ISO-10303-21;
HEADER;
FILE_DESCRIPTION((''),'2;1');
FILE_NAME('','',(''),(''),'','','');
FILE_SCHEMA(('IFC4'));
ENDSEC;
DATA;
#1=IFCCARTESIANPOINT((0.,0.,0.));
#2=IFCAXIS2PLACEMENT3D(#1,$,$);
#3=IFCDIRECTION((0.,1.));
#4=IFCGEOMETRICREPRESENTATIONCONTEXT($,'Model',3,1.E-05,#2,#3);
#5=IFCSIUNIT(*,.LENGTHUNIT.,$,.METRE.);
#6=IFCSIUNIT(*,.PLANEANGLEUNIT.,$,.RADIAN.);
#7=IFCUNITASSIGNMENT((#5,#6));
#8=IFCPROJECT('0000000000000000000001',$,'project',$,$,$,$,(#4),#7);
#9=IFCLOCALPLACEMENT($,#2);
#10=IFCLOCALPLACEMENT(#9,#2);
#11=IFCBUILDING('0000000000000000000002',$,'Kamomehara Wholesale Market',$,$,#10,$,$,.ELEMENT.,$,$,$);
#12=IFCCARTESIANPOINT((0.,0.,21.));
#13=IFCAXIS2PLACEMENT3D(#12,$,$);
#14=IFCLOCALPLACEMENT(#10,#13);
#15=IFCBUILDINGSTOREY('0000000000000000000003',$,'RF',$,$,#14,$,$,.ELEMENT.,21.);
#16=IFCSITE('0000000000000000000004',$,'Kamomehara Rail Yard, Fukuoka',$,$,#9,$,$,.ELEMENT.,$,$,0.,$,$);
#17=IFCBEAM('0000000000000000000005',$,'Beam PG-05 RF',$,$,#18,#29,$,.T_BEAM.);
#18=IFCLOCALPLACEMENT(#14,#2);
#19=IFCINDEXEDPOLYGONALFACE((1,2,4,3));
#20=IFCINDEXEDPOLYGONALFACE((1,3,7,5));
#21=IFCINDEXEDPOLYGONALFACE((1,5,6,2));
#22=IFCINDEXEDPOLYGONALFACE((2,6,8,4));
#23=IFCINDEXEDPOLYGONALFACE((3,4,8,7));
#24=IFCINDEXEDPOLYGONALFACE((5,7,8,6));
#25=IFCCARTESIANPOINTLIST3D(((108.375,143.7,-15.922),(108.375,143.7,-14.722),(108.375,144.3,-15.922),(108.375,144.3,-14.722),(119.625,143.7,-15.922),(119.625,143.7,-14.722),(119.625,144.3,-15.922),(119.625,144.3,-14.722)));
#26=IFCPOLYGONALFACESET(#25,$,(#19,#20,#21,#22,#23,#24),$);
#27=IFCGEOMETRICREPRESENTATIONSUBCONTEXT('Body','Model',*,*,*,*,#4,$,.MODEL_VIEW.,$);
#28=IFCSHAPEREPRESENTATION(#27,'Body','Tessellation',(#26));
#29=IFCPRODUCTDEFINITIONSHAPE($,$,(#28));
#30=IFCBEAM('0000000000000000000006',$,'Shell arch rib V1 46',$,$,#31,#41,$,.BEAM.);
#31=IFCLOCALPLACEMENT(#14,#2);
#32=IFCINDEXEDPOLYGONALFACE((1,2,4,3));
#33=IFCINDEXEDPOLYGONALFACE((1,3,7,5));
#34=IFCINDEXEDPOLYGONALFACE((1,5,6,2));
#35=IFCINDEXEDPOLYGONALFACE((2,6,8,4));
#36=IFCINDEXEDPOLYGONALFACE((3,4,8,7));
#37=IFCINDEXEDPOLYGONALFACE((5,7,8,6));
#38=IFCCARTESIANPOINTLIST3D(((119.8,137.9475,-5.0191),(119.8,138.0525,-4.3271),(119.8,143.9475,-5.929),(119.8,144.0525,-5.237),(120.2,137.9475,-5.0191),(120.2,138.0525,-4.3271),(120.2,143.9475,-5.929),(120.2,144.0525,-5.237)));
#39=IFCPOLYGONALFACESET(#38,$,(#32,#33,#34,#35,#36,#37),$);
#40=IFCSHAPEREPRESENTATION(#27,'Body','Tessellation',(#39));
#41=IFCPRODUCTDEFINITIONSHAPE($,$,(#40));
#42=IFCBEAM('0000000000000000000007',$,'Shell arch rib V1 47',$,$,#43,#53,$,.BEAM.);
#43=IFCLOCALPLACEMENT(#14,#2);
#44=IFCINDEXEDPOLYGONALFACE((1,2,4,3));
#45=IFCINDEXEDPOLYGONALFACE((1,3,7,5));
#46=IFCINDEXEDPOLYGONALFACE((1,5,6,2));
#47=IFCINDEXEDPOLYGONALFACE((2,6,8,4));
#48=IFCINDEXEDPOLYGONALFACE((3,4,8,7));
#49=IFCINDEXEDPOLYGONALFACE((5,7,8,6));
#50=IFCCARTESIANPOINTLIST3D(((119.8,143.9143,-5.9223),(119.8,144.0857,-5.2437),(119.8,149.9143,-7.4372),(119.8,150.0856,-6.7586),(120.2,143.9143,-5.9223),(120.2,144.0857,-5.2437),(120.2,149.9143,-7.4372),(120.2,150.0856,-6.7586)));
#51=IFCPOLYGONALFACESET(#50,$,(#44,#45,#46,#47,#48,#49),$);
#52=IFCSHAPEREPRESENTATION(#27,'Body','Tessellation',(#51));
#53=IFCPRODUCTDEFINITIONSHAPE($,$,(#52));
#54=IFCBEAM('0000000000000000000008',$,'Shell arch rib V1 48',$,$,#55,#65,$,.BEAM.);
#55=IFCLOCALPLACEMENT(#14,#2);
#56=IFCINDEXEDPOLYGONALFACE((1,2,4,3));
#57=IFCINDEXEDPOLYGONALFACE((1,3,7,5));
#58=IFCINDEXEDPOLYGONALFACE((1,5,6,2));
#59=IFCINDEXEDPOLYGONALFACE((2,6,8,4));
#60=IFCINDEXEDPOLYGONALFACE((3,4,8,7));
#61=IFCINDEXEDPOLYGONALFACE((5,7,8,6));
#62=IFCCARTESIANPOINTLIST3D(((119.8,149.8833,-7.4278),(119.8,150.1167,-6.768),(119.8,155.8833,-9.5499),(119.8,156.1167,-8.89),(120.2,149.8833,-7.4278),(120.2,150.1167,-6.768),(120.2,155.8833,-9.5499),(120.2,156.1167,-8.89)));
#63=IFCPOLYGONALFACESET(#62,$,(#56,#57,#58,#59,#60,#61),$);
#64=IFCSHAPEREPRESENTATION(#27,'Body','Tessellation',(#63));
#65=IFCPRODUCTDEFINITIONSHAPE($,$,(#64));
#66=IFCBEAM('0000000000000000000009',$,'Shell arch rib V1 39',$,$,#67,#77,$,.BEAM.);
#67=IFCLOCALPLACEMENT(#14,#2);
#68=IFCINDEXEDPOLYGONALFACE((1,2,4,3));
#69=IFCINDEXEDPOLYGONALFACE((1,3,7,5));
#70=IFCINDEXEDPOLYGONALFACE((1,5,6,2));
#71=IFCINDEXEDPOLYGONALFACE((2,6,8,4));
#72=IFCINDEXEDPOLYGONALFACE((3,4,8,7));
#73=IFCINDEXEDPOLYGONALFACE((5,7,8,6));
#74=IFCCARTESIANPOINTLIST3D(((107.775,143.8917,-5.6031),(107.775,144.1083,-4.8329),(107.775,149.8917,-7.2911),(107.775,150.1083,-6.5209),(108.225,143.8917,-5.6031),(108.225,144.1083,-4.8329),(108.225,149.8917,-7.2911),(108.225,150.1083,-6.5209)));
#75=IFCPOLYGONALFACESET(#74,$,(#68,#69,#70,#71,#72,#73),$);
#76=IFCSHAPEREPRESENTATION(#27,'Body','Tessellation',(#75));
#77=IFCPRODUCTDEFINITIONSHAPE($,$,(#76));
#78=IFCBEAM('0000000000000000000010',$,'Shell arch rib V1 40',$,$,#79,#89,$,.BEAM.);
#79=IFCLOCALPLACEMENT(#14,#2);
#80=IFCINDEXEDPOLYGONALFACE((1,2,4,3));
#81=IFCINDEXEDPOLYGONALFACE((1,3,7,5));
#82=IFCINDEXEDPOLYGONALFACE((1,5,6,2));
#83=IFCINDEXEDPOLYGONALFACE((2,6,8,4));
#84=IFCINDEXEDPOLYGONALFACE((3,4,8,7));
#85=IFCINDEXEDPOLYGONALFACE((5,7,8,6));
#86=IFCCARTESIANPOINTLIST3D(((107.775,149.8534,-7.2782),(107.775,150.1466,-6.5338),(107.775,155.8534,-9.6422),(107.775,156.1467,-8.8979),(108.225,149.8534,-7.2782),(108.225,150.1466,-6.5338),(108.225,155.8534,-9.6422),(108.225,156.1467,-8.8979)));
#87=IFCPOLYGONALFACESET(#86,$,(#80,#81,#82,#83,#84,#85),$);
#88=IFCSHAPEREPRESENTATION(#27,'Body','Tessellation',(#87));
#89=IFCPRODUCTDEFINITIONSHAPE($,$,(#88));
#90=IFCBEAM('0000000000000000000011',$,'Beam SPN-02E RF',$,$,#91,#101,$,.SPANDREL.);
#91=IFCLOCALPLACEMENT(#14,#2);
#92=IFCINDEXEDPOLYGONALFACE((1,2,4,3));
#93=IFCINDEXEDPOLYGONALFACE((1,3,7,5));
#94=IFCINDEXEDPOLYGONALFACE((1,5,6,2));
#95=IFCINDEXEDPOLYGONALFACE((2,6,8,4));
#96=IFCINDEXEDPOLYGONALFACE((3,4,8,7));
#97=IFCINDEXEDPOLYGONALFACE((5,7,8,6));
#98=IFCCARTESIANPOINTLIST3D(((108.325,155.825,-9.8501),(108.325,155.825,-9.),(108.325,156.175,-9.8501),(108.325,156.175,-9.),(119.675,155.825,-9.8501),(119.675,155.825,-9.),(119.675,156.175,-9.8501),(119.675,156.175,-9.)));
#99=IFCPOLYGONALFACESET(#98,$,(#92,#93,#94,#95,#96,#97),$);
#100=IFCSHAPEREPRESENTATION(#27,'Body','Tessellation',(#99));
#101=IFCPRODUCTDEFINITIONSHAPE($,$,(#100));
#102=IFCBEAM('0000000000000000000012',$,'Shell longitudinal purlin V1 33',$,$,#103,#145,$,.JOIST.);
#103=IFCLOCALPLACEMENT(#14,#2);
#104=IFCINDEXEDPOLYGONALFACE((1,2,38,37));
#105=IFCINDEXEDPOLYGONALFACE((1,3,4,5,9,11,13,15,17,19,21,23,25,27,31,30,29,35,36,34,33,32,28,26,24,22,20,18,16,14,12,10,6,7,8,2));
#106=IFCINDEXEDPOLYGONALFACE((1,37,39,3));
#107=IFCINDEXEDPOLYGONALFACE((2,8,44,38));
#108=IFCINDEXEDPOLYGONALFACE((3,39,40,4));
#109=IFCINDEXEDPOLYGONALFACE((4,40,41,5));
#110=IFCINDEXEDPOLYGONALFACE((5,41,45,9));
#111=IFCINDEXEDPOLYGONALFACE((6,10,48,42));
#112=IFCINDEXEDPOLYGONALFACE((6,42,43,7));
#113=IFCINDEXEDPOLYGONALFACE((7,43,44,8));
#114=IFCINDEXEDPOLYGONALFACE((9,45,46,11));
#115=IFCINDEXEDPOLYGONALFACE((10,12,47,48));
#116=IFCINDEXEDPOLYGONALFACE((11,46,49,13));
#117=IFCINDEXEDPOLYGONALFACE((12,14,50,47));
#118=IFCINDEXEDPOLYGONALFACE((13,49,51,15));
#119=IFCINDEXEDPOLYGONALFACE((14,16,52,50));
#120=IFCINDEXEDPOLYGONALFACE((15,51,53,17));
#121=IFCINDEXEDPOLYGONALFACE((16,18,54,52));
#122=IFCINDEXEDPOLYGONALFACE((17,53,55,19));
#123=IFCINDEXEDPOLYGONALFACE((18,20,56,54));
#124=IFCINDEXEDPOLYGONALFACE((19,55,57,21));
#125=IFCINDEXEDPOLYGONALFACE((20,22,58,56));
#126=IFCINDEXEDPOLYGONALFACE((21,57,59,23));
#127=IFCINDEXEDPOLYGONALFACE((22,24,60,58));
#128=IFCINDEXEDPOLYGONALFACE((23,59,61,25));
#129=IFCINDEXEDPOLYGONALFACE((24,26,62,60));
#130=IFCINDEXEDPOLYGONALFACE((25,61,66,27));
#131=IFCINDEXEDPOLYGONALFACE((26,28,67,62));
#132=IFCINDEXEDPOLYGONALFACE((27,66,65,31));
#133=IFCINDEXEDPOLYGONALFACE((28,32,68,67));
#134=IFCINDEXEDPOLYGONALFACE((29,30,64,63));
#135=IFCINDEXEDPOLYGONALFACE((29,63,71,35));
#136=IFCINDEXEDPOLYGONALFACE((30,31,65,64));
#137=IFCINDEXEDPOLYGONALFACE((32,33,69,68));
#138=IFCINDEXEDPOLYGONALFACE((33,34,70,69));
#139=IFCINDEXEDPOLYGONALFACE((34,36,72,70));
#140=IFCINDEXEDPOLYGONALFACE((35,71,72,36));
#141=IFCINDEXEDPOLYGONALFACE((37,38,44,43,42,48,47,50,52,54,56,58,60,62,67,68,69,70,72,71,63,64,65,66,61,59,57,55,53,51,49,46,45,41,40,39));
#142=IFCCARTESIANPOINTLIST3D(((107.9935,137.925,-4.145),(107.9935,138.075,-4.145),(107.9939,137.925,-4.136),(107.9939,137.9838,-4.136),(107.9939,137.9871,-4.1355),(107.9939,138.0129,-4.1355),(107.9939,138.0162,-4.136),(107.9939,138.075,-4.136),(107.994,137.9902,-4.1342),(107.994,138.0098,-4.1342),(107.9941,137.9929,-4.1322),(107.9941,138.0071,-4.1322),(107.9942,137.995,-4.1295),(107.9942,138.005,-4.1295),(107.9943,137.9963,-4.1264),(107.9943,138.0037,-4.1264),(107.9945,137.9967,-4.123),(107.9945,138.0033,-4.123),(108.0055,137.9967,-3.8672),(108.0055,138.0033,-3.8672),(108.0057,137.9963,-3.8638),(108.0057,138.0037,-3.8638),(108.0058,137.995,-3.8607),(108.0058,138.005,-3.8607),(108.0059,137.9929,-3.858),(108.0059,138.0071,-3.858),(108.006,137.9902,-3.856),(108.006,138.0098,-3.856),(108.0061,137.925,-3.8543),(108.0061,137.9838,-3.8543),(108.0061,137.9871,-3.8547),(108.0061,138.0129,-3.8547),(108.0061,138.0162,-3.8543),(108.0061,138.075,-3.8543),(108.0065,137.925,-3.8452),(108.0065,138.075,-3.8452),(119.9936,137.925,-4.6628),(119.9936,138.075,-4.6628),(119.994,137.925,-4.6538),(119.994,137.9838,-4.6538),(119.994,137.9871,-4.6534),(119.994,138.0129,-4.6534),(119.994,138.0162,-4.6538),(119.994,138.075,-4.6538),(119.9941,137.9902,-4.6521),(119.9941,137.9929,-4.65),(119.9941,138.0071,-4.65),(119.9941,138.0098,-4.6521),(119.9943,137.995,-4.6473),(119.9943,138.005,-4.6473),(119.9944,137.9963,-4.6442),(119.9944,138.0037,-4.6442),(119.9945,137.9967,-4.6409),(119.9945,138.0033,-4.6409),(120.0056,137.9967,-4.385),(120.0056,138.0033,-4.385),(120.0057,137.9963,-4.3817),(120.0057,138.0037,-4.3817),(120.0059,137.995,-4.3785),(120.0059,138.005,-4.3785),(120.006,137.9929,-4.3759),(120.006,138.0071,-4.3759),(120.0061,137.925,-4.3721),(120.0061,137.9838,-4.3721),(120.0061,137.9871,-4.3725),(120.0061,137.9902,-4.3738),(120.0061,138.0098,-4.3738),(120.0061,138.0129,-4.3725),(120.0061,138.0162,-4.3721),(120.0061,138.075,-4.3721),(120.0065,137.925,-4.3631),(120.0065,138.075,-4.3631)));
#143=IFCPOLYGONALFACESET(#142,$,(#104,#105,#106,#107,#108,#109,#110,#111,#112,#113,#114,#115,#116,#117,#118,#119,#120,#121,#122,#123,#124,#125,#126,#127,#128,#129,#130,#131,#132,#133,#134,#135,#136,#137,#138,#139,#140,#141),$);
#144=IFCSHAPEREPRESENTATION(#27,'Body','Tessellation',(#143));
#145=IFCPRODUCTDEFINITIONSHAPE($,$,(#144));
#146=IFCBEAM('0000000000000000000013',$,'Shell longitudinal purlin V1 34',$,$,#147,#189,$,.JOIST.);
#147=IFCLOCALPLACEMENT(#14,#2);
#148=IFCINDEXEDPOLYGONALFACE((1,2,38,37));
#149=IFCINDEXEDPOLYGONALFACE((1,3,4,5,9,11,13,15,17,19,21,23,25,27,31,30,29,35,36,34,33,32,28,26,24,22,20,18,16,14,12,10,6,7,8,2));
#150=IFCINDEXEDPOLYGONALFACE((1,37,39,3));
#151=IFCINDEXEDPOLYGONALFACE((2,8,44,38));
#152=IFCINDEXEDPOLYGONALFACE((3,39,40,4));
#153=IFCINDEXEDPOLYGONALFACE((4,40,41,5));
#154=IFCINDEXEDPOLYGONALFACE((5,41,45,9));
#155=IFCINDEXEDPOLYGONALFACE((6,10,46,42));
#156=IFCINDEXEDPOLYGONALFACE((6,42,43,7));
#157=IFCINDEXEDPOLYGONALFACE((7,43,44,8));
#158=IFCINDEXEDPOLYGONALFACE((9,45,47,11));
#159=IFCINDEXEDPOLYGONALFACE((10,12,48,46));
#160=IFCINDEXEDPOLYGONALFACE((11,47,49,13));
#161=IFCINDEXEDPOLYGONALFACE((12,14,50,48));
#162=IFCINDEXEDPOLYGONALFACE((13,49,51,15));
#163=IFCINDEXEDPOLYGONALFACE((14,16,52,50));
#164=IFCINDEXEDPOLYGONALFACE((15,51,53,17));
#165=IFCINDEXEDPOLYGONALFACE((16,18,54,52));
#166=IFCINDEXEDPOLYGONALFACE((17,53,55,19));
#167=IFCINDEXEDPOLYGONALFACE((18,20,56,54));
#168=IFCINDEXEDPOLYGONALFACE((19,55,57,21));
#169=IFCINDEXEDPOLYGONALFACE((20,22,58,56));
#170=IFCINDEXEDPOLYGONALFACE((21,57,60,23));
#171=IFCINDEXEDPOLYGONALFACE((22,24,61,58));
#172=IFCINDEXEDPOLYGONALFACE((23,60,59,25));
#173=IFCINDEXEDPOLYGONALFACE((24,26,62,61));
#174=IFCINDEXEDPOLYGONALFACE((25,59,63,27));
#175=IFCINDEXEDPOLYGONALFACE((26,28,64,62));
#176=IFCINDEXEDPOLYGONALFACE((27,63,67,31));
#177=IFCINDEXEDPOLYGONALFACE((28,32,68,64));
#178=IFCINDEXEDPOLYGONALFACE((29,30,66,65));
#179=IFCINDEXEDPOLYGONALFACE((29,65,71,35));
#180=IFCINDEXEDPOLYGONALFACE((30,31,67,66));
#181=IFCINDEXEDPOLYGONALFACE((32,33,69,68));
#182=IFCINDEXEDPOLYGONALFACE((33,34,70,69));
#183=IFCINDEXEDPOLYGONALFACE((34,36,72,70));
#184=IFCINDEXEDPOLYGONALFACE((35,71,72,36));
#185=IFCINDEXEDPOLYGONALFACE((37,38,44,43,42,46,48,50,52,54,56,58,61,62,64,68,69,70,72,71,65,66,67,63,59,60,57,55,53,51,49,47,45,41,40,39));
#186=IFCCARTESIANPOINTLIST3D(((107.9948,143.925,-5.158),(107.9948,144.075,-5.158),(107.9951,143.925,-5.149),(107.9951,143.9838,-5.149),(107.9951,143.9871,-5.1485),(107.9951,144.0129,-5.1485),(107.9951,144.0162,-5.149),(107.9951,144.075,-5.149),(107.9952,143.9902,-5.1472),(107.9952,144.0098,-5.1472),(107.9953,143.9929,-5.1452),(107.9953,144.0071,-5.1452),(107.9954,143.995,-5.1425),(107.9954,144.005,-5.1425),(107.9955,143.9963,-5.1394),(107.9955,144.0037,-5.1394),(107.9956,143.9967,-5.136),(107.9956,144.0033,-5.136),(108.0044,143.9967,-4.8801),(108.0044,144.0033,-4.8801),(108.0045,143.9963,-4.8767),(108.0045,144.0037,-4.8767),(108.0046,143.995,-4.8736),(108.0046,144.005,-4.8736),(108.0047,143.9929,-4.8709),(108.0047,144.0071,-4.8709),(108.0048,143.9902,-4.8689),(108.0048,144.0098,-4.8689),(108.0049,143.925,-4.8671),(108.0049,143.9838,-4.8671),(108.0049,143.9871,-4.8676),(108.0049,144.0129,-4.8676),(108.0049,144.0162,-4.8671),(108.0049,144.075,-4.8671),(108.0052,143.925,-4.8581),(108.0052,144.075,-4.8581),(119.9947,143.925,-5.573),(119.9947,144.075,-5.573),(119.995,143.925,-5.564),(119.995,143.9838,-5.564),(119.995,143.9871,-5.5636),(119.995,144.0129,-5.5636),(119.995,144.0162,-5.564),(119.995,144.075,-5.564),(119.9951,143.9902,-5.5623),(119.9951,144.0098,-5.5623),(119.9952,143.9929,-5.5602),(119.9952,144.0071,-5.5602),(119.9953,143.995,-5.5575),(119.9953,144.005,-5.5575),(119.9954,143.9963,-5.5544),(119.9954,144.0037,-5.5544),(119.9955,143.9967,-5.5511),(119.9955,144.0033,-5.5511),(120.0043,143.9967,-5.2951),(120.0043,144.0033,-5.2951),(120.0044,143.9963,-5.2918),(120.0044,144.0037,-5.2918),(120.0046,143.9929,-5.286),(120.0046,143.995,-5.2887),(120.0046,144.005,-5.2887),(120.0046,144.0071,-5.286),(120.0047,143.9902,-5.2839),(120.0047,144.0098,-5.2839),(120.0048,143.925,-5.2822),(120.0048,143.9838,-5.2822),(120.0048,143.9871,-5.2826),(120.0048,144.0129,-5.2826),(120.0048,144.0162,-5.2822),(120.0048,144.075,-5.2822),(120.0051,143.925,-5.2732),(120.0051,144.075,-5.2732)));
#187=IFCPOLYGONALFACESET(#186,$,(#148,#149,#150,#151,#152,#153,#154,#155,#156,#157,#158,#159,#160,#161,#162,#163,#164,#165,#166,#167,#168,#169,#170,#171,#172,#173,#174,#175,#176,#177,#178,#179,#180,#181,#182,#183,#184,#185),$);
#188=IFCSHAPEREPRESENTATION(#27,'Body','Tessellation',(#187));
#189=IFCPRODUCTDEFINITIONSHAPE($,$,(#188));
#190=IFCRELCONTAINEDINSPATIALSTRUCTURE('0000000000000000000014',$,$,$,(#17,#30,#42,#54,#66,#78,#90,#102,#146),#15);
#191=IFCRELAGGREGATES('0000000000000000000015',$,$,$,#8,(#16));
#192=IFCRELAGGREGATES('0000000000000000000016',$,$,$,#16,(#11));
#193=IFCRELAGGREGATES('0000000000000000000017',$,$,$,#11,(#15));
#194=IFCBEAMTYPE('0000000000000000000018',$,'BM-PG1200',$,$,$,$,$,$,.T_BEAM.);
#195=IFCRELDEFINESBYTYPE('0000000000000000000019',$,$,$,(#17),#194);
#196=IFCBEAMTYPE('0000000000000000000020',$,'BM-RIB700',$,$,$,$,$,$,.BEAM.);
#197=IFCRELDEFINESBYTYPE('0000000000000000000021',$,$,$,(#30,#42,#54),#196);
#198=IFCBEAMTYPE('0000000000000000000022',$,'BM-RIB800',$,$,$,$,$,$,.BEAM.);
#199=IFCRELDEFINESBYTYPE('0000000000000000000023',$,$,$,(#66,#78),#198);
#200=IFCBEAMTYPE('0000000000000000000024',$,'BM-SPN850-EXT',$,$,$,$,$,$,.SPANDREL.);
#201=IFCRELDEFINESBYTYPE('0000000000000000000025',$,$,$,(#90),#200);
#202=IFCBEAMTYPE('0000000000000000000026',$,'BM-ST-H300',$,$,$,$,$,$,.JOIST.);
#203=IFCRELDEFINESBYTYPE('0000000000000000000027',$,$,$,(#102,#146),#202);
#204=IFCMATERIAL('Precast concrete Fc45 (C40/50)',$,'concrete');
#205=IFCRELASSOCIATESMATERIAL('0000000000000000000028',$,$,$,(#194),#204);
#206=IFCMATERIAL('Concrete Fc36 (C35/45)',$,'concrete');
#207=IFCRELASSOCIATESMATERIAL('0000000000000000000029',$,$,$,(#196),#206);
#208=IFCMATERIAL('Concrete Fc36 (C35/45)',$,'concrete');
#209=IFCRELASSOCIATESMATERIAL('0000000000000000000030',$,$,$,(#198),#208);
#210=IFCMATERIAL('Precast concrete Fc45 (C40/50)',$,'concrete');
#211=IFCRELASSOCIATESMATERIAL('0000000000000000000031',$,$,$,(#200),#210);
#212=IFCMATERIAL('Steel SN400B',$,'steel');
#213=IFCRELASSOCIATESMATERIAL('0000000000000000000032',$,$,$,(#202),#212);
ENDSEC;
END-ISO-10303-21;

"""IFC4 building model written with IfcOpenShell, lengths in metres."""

from ifc_helpers import new_model, si_unit, direction, frame, origin, origin_2d, place, context, subcontext, project, spatial, rectangle, i_section, extrude, material, material_profile, profile_set, type_object, element, save


model = new_model("IFC4")

# Units and contexts
model_context = context("Model", 3, precision=1e-05, world=origin(), true_north=direction((0.0, 1.0)))
body_context = subcontext(model_context, "Body", "Model", "MODEL_VIEW")
ifc_project = project(units=[si_unit("LENGTHUNIT", "METRE"), si_unit("PLANEANGLEUNIT", "RADIAN")], contexts=[model_context])

# Site, building, storey
site_placement = place(None, origin())
site = spatial("IfcSite", under=ifc_project, at=site_placement, Name="Kamomehara Rail Yard, Fukuoka", CompositionType="ELEMENT", RefElevation=0.0)
building_placement = place(site_placement, origin())
building = spatial("IfcBuilding", under=site, at=building_placement, Name="Kamomehara Wholesale Market", CompositionType="ELEMENT")
storey_placement = place(building_placement, frame((0.0, 0.0, 21.0)))
storey = spatial("IfcBuildingStorey", under=building, at=storey_placement, Name="RF", CompositionType="ELEMENT", Elevation=21.0)

# Beams
ifc_material_1 = material(Name="Precast concrete Fc45 (C40/50)", Category="concrete")
ifc_material_profile_1 = material_profile(ifc_material_1, rectangle(XDim=0.6001, YDim=1.2, at=origin_2d()), Name="PC-GRD-600x1200")
ifc_profile_set_1 = profile_set([ifc_material_profile_1], Name="Precast concrete Fc45 (C40/50)")
beam_type_1 = type_object("IfcBeamType", Name="BM-PG1200", PredefinedType="T_BEAM", material=ifc_profile_set_1)
beam_1_placement = place(storey_placement, frame((108.375, 144.0, -15.322), z_axis=(1.0, 0.0, 0.0), x_axis=(0.0, 1.0, 0.0)))
element("IfcBeam", 1, at=beam_1_placement, inside=storey, type_object=beam_type_1, Name="Beam PG-05 RF", PredefinedType="T_BEAM", context=body_context, shape_type="SweptSolid", body=[
    extrude(rectangle(XDim=0.6001, YDim=1.2, at=origin_2d()), origin(), (0.0, 0.0, 1.0), 11.25),
])
ifc_material_2 = material(Name="Concrete Fc36 (C35/45)", Category="concrete")
ifc_material_profile_2 = material_profile(ifc_material_2, rectangle(XDim=0.3999, YDim=0.7, at=origin_2d()), Name="RC-RIB-400x700")
ifc_profile_set_2 = profile_set([ifc_material_profile_2], Name="Concrete Fc36 (C35/45)")
beam_type_2 = type_object("IfcBeamType", Name="BM-RIB700", PredefinedType="BEAM", material=ifc_profile_set_2)
beam_2_placement = place(storey_placement, frame((120.0, 138.0, -4.6731), z_axis=(0.0, 0.988695, -0.149938), x_axis=(-1.0, 0.0, 0.0)))
element("IfcBeam", 2, at=beam_2_placement, inside=storey, type_object=beam_type_2, Name="Shell arch rib V1 46", PredefinedType="BEAM", context=body_context, shape_type="SweptSolid", body=[
    extrude(rectangle(XDim=0.3999, YDim=0.7, at=origin_2d()), origin(), (0.0, 0.0, 1.0), 6.0686),
])
beam_3_placement = place(storey_placement, frame((120.0, 144.0, -5.583), z_axis=(0.0, 0.969574, -0.2448), x_axis=(-1.0, 0.0, 0.0)))
element("IfcBeam", 3, at=beam_3_placement, inside=storey, type_object=beam_type_2, Name="Shell arch rib V1 47", PredefinedType="BEAM", context=body_context, shape_type="SweptSolid", body=[
    extrude(rectangle(XDim=0.3999, YDim=0.7, at=origin_2d()), origin(), (0.0, 0.0, 1.0), 6.1882),
])
beam_4_placement = place(storey_placement, frame((120.0, 150.0, -7.0979), z_axis=(0.0, 0.942772, -0.333438), x_axis=(-1.0, 0.0, 0.0)))
element("IfcBeam", 4, at=beam_4_placement, inside=storey, type_object=beam_type_2, Name="Shell arch rib V1 48", PredefinedType="BEAM", context=body_context, shape_type="SweptSolid", body=[
    extrude(rectangle(XDim=0.3999, YDim=0.7, at=origin_2d()), origin(), (0.0, 0.0, 1.0), 6.3643),
])
ifc_material_3 = material(Name="Concrete Fc36 (C35/45)", Category="concrete")
ifc_material_profile_3 = material_profile(ifc_material_3, rectangle(XDim=0.45, YDim=0.8, at=origin_2d()), Name="RC-RIB-450x800")
ifc_profile_set_3 = profile_set([ifc_material_profile_3], Name="Concrete Fc36 (C35/45)")
beam_type_3 = type_object("IfcBeamType", Name="BM-RIB800", PredefinedType="BEAM", material=ifc_profile_set_3)
beam_5_placement = place(storey_placement, frame((108.0, 144.0, -5.218), z_axis=(0.0, 0.962631, -0.270818), x_axis=(-1.0, 0.0, 0.0)))
element("IfcBeam", 5, at=beam_5_placement, inside=storey, type_object=beam_type_3, Name="Shell arch rib V1 39", PredefinedType="BEAM", context=body_context, shape_type="SweptSolid", body=[
    extrude(rectangle(XDim=0.45, YDim=0.8, at=origin_2d()), origin(), (0.0, 0.0, 1.0), 6.2329),
])
beam_6_placement = place(storey_placement, frame((108.0, 150.0, -6.906), z_axis=(0.0, 0.930388, -0.366575), x_axis=(-1.0, 0.0, 0.0)))
element("IfcBeam", 6, at=beam_6_placement, inside=storey, type_object=beam_type_3, Name="Shell arch rib V1 40", PredefinedType="BEAM", context=body_context, shape_type="SweptSolid", body=[
    extrude(rectangle(XDim=0.45, YDim=0.8, at=origin_2d()), origin(), (0.0, 0.0, 1.0), 6.449),
])
ifc_material_4 = material(Name="Precast concrete Fc45 (C40/50)", Category="concrete")
ifc_material_profile_4 = material_profile(ifc_material_4, rectangle(XDim=0.3501, YDim=0.8501, at=origin_2d()), Name="PC-SPN-350x850")
ifc_profile_set_4 = profile_set([ifc_material_profile_4], Name="Precast concrete Fc45 (C40/50)")
beam_type_4 = type_object("IfcBeamType", Name="BM-SPN850-EXT", PredefinedType="SPANDREL", material=ifc_profile_set_4)
beam_7_placement = place(storey_placement, frame((108.325, 156.0, -9.425), z_axis=(1.0, 0.0, 0.0), x_axis=(0.0, 1.0, 0.0)))
element("IfcBeam", 7, at=beam_7_placement, inside=storey, type_object=beam_type_4, Name="Beam SPN-02E RF", PredefinedType="SPANDREL", context=body_context, shape_type="SweptSolid", body=[
    extrude(rectangle(XDim=0.3501, YDim=0.8501, at=origin_2d()), origin(), (0.0, 0.0, 1.0), 11.3501),
])
ifc_material_5 = material(Name="Steel SN400B", Category="steel")
ifc_material_profile_5 = material_profile(ifc_material_5, i_section(OverallWidth=0.1499, OverallDepth=0.3, WebThickness=0.0066, FlangeThickness=0.009, FilletRadius=0.0129, at=origin_2d()), Name="H-300x150x6.5x9")
ifc_profile_set_5 = profile_set([ifc_material_profile_5], Name="Steel SN400B")
beam_type_5 = type_object("IfcBeamType", Name="BM-ST-H300", PredefinedType="JOIST", material=ifc_profile_set_5)
beam_8_placement = place(storey_placement, frame((108.0, 138.0, -3.9951), z_axis=(0.99907, 0.0, -0.043112), x_axis=(0.0, 1.0, 0.0)))
element("IfcBeam", 8, at=beam_8_placement, inside=storey, type_object=beam_type_5, Name="Shell longitudinal purlin V1 33", PredefinedType="JOIST", context=body_context, shape_type="SweptSolid", body=[
    extrude(i_section(OverallWidth=0.1499, OverallDepth=0.3, WebThickness=0.0066, FlangeThickness=0.009, FilletRadius=0.0129, at=origin_2d()), origin(), (0.0, 0.0, 1.0), 12.0112),
])
beam_9_placement = place(storey_placement, frame((108.0, 144.0, -5.0081), z_axis=(0.999402, 0.0, -0.034566), x_axis=(0.0, 1.0, 0.0)))
element("IfcBeam", 9, at=beam_9_placement, inside=storey, type_object=beam_type_5, Name="Shell longitudinal purlin V1 34", PredefinedType="JOIST", context=body_context, shape_type="SweptSolid", body=[
    extrude(i_section(OverallWidth=0.1499, OverallDepth=0.3, WebThickness=0.0066, FlangeThickness=0.009, FilletRadius=0.0129, at=origin_2d()), origin(), (0.0, 0.0, 1.0), 12.0071),
])

save(model, "model.ifc")
